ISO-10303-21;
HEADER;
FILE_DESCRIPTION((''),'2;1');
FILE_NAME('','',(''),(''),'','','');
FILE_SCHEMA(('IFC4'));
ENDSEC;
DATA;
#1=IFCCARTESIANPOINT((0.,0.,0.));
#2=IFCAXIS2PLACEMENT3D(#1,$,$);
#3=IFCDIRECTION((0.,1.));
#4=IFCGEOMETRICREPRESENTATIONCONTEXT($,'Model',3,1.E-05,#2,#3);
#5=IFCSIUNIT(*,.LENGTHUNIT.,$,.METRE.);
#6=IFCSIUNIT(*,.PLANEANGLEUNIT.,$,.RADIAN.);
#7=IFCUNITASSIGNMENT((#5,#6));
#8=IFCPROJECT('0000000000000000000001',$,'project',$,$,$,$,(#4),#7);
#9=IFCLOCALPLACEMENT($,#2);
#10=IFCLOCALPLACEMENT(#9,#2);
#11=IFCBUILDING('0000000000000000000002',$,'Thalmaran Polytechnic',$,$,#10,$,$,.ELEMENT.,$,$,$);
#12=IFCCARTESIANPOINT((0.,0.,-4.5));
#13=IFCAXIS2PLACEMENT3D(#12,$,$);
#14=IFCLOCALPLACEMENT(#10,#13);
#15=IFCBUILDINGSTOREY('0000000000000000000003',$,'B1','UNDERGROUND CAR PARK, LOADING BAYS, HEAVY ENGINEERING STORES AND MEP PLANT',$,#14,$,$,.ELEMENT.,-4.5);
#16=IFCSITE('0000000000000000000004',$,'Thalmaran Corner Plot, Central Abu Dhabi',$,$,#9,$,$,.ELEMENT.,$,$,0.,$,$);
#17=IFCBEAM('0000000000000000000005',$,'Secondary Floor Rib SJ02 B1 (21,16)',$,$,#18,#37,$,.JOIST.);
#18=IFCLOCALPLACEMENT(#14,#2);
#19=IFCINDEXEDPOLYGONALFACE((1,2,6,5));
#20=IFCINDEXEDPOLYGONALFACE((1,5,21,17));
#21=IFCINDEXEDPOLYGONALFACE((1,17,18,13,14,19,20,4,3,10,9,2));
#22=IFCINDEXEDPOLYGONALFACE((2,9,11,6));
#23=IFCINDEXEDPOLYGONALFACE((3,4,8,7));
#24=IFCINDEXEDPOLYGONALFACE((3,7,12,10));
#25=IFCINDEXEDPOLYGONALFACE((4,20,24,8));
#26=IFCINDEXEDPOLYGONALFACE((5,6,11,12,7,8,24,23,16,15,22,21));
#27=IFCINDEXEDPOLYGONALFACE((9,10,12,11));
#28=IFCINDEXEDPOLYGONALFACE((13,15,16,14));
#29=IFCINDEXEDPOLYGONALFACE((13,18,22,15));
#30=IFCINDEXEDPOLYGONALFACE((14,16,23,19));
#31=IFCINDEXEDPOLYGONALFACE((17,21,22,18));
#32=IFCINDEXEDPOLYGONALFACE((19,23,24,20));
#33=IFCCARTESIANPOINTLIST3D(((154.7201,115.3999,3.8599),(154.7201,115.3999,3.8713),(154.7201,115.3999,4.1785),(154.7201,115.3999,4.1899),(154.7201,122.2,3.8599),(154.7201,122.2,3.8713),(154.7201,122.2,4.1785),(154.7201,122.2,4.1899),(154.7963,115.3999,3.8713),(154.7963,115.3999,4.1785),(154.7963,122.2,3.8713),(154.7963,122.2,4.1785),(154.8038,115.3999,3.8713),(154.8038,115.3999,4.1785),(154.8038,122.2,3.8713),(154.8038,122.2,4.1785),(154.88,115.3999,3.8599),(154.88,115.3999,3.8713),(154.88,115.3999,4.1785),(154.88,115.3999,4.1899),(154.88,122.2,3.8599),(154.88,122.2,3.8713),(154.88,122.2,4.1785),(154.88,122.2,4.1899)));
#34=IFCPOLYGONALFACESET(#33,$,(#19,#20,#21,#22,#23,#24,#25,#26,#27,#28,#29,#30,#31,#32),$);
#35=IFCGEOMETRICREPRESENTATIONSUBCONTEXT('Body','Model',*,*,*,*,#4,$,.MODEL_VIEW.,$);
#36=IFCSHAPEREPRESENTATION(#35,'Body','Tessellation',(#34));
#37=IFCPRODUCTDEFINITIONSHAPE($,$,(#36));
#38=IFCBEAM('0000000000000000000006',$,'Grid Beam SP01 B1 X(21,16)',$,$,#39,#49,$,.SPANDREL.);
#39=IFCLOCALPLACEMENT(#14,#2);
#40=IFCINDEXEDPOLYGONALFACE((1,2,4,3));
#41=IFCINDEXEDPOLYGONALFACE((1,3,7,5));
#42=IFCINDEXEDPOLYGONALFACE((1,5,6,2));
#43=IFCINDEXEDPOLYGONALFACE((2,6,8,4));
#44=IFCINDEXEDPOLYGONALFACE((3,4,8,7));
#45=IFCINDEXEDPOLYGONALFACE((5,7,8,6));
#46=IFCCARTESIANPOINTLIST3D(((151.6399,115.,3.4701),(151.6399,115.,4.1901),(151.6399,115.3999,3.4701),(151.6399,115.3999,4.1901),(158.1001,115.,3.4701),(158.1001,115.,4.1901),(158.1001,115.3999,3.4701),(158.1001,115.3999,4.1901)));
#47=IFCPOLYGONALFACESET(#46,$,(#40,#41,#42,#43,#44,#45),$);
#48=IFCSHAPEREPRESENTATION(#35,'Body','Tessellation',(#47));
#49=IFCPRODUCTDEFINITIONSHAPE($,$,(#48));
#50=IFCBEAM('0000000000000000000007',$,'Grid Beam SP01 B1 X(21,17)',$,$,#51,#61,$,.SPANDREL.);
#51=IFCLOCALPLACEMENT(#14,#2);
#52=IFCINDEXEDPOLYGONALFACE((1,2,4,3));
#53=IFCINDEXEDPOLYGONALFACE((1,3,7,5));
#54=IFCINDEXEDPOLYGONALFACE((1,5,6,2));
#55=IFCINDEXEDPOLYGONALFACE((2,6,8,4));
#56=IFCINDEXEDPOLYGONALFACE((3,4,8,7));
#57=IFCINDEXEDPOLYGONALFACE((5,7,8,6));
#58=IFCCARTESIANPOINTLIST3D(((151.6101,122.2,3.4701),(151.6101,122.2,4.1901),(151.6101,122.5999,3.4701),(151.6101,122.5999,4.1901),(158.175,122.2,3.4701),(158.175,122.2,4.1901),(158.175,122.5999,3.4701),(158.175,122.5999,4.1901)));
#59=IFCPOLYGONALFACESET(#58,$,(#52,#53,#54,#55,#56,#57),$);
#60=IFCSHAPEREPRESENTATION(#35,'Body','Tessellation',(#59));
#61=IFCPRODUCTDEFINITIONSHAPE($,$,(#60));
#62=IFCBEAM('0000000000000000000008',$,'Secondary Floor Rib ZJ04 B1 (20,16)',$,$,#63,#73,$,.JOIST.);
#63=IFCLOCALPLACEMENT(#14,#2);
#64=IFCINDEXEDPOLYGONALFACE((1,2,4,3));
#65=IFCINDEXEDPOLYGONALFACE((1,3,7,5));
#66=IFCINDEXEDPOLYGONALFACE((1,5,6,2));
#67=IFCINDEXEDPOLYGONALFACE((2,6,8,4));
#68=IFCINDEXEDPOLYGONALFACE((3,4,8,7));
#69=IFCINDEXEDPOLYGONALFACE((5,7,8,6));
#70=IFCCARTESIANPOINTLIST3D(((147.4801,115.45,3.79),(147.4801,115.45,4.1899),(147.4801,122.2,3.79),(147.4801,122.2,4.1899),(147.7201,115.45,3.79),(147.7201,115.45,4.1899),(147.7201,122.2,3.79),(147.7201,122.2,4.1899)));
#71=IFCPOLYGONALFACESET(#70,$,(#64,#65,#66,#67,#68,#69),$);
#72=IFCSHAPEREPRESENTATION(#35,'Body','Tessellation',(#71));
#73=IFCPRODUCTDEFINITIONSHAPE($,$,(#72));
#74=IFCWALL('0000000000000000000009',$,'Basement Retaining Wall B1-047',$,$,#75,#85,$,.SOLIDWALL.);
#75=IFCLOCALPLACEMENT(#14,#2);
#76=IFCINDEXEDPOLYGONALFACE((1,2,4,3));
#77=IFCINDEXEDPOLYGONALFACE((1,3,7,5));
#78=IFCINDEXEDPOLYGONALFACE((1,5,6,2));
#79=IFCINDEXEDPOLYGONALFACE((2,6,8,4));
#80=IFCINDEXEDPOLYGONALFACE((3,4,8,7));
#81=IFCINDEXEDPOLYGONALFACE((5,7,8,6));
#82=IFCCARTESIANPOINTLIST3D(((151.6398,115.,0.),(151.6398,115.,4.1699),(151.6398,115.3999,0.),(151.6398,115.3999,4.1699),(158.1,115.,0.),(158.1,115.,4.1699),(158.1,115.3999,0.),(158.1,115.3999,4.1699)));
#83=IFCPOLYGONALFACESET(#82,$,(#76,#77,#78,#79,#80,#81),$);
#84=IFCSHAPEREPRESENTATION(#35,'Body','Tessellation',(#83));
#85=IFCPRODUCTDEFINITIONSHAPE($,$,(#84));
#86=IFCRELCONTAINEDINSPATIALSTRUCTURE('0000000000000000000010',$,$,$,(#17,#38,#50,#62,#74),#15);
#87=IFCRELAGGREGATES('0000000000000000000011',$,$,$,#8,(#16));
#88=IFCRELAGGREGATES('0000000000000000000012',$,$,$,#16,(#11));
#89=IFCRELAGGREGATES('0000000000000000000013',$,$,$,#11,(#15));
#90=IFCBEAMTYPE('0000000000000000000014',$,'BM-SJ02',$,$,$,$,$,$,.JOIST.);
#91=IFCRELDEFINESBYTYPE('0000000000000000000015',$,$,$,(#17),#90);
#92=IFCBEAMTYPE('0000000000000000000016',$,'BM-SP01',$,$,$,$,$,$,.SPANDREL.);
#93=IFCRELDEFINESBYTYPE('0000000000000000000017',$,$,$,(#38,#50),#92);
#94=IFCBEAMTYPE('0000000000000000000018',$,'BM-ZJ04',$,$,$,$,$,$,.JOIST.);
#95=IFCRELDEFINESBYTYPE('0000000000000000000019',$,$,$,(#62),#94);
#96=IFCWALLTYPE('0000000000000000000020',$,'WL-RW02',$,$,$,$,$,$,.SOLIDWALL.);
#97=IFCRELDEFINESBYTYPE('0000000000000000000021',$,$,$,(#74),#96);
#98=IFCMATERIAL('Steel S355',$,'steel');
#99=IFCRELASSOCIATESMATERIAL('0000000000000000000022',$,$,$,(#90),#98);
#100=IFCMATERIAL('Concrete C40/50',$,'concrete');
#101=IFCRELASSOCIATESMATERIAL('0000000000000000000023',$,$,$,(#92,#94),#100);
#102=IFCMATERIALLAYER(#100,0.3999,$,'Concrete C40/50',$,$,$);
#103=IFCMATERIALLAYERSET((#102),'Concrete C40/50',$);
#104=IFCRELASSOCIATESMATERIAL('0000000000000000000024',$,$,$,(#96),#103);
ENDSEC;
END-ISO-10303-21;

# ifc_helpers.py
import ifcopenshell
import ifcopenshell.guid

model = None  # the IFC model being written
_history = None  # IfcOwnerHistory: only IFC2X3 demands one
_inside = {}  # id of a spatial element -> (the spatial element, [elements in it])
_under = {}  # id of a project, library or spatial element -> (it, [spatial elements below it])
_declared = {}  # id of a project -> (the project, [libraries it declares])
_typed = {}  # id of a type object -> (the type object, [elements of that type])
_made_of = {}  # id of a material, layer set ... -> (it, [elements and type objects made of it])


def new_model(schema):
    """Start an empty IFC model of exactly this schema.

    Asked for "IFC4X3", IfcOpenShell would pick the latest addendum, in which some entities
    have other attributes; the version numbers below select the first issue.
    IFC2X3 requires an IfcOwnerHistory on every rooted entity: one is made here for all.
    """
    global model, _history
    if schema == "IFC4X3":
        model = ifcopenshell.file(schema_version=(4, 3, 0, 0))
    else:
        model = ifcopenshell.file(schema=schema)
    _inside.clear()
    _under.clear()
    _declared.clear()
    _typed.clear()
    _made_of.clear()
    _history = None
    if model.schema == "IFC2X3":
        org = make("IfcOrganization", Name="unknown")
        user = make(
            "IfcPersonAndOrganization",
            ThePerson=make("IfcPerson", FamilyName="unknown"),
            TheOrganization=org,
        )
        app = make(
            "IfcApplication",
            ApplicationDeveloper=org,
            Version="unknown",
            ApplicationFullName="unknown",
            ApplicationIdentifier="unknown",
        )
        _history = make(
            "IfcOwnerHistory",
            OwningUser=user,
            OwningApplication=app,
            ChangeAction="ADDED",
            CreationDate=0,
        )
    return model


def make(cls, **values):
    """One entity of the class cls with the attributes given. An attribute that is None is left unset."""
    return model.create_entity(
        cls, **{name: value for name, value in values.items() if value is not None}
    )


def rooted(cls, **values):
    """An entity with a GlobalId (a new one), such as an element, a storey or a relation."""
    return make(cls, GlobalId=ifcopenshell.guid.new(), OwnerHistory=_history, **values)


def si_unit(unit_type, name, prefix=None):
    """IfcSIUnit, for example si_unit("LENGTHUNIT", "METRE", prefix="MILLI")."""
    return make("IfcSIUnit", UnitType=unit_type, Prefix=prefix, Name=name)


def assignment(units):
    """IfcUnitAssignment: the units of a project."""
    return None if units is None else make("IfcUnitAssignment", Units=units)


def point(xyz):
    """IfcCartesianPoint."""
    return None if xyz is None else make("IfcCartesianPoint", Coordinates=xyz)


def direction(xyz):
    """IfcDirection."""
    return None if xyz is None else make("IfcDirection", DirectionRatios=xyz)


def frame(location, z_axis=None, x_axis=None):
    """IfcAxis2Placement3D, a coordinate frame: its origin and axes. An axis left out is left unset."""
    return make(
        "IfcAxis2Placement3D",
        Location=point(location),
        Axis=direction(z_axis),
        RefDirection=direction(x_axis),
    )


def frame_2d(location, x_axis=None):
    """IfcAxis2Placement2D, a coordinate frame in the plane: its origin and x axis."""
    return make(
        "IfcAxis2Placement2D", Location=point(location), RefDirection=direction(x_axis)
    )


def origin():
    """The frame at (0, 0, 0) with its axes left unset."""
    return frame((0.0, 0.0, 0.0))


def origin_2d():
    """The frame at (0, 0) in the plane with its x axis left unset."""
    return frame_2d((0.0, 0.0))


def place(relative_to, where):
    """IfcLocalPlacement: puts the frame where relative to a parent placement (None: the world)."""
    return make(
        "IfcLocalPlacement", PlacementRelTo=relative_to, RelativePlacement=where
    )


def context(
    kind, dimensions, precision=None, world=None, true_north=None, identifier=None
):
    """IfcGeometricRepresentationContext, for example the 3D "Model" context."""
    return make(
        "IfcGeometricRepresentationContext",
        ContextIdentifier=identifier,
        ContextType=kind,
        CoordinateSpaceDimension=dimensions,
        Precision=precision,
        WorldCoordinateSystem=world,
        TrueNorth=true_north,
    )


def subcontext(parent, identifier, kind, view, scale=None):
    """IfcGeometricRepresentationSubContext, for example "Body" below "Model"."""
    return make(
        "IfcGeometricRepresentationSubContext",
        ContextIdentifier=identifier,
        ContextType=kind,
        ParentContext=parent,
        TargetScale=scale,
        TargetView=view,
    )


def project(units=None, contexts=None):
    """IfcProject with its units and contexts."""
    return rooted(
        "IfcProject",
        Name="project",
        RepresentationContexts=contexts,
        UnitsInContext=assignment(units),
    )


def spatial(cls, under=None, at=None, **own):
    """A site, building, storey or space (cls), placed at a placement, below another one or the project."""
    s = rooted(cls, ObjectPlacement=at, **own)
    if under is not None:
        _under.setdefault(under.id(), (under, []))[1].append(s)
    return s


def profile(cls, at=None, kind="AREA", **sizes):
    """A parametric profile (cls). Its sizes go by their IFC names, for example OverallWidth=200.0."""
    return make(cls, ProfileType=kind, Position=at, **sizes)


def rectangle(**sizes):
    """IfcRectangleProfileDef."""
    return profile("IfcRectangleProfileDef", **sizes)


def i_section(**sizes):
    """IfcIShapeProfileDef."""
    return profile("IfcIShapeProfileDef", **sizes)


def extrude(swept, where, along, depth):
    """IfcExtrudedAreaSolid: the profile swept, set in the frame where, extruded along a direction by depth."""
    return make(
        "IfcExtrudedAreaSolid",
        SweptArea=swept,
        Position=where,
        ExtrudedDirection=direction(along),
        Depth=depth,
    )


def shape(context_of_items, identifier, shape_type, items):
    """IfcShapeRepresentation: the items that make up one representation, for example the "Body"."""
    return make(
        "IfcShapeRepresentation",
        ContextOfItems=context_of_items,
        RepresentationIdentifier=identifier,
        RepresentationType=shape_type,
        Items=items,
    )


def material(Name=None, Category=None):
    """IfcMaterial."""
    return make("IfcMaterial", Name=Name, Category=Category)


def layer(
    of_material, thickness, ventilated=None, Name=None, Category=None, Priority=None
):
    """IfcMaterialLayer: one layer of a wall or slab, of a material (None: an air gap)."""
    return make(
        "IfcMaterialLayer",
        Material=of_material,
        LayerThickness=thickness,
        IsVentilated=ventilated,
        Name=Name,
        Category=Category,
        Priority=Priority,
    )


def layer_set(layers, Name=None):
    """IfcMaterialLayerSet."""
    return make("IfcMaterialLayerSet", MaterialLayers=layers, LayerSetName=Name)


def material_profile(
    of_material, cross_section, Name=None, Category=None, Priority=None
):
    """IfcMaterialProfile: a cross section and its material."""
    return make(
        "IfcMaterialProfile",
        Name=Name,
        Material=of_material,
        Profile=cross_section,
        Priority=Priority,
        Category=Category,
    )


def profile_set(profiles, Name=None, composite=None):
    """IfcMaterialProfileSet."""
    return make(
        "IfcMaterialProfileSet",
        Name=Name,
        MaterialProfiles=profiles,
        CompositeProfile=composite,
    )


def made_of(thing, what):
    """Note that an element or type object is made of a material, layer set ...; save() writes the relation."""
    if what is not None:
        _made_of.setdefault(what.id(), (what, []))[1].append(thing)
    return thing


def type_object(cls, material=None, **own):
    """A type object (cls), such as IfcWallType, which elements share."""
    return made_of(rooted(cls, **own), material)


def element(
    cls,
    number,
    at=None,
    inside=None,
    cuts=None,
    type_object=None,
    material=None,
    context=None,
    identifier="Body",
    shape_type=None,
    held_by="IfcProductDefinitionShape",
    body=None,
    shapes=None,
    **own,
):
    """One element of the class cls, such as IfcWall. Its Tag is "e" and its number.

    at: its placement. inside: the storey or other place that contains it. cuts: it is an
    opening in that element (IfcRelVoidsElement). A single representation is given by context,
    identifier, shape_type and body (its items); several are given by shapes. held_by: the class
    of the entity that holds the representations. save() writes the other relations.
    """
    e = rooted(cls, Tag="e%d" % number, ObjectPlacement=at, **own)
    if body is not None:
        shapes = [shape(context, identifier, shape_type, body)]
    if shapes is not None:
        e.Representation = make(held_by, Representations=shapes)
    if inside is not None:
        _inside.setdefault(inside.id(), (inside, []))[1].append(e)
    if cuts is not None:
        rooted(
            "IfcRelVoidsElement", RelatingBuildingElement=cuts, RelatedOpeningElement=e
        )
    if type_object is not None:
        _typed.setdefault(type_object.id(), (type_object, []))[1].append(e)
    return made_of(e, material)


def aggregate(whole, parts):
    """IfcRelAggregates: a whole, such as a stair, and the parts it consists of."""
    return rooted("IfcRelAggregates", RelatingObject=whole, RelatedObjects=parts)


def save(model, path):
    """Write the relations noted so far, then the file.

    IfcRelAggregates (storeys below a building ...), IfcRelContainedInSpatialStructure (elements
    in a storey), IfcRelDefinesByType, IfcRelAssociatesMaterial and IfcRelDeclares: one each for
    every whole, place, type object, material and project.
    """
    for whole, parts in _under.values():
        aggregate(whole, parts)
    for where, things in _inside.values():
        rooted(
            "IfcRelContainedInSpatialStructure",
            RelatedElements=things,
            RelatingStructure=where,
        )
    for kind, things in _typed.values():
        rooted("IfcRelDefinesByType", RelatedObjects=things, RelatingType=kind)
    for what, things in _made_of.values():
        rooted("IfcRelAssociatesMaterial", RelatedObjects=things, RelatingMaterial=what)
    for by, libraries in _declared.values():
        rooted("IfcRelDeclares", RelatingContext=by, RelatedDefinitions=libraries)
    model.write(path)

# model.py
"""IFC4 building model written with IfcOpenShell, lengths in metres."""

from ifc_helpers import new_model, si_unit, direction, frame, frame_2d, origin, origin_2d, place, context, subcontext, project, spatial, rectangle, i_section, extrude, material, layer, layer_set, material_profile, profile_set, type_object, element, save


model = new_model("IFC4")

# Units and contexts
model_context = context("Model", 3, precision=1e-05, world=origin(), true_north=direction((0.0, 1.0)))
body_context = subcontext(model_context, "Body", "Model", "MODEL_VIEW")
ifc_project = project(units=[si_unit("LENGTHUNIT", "METRE"), si_unit("PLANEANGLEUNIT", "RADIAN")], contexts=[model_context])

# Site, building, storey
site_placement = place(None, origin())
site = spatial("IfcSite", under=ifc_project, at=site_placement, Name="Thalmaran Corner Plot, Central Abu Dhabi", CompositionType="ELEMENT", RefElevation=0.0)
building_placement = place(site_placement, origin())
building = spatial("IfcBuilding", under=site, at=building_placement, Name="Thalmaran Polytechnic", CompositionType="ELEMENT")
storey_placement = place(building_placement, frame((0.0, 0.0, -4.5)))
storey = spatial("IfcBuildingStorey", under=building, at=storey_placement, Name="B1", Description="UNDERGROUND CAR PARK, LOADING BAYS, HEAVY ENGINEERING STORES AND MEP PLANT", CompositionType="ELEMENT", Elevation=-4.5)

# Shared definitions
ifc_material_1 = material(Name="Concrete C40/50", Category="concrete")

# Beams
ifc_material_2 = material(Name="Steel S355", Category="steel")
ifc_material_profile_1 = material_profile(ifc_material_2, i_section(OverallWidth=0.1599, OverallDepth=0.3301, WebThickness=0.0076, FlangeThickness=0.0115, at=origin_2d()), Name="IPE 330")
ifc_profile_set_1 = profile_set([ifc_material_profile_1], Name="Steel S355")
beam_type_1 = type_object("IfcBeamType", Name="BM-SJ02", PredefinedType="JOIST", material=ifc_profile_set_1)
beam_1_placement = place(storey_placement, frame((154.8, 115.3999, 4.0249), z_axis=(0.0, 1.0, 0.0), x_axis=(-1.0, 0.0, 0.0)))
element("IfcBeam", 1, at=beam_1_placement, inside=storey, type_object=beam_type_1, Name="Secondary Floor Rib SJ02 B1 (21,16)", PredefinedType="JOIST", context=body_context, shape_type="SweptSolid", body=[
    extrude(i_section(OverallWidth=0.1599, OverallDepth=0.3301, WebThickness=0.0076, FlangeThickness=0.0115, at=origin_2d()), origin(), (0.0, 0.0, 1.0), 6.8),
])
ifc_material_profile_2 = material_profile(ifc_material_1, rectangle(XDim=0.3999, YDim=0.72, at=origin_2d()), Name="RC 400x720")
ifc_profile_set_2 = profile_set([ifc_material_profile_2], Name="Concrete C40/50")
beam_type_2 = type_object("IfcBeamType", Name="BM-SP01", PredefinedType="SPANDREL", material=ifc_profile_set_2)
beam_2_placement = place(storey_placement, frame((151.6399, 115.2, 3.8301), z_axis=(1.0, 0.0, 0.0), x_axis=(0.0, 1.0, 0.0)))
element("IfcBeam", 2, at=beam_2_placement, inside=storey, type_object=beam_type_2, Name="Grid Beam SP01 B1 X(21,16)", PredefinedType="SPANDREL", context=body_context, shape_type="SweptSolid", body=[
    extrude(rectangle(XDim=0.3999, YDim=0.72, at=origin_2d()), origin(), (0.0, 0.0, 1.0), 6.4602),
])
beam_3_placement = place(storey_placement, frame((151.6101, 122.3999, 3.8301), z_axis=(1.0, 0.0, 0.0), x_axis=(0.0, 1.0, 0.0)))
element("IfcBeam", 3, at=beam_3_placement, inside=storey, type_object=beam_type_2, Name="Grid Beam SP01 B1 X(21,17)", PredefinedType="SPANDREL", context=body_context, shape_type="SweptSolid", body=[
    extrude(rectangle(XDim=0.3999, YDim=0.72, at=origin_2d()), origin(), (0.0, 0.0, 1.0), 6.5649),
])
ifc_material_profile_3 = material_profile(ifc_material_1, rectangle(XDim=0.24, YDim=0.3999, at=origin_2d()), Name="RC 240x400")
ifc_profile_set_3 = profile_set([ifc_material_profile_3], Name="Concrete C40/50")
beam_type_3 = type_object("IfcBeamType", Name="BM-ZJ04", PredefinedType="JOIST", material=ifc_profile_set_3)
beam_4_placement = place(storey_placement, frame((147.6001, 115.45, 3.99), z_axis=(0.0, 1.0, 0.0), x_axis=(-1.0, 0.0, 0.0)))
element("IfcBeam", 4, at=beam_4_placement, inside=storey, type_object=beam_type_3, Name="Secondary Floor Rib ZJ04 B1 (20,16)", PredefinedType="JOIST", context=body_context, shape_type="SweptSolid", body=[
    extrude(rectangle(XDim=0.24, YDim=0.3999, at=origin_2d()), origin(), (0.0, 0.0, 1.0), 6.75),
])

# Wall
ifc_layer = layer(ifc_material_1, 0.3999, Name="Concrete C40/50")
ifc_layer_set = layer_set([ifc_layer], Name="Concrete C40/50")
wall_type = type_object("IfcWallType", Name="WL-RW02", PredefinedType="SOLIDWALL", material=ifc_layer_set)
wall_placement = place(storey_placement, frame((151.6399, 115.2, 0.0), z_axis=(0.0, 0.0, 1.0), x_axis=(1.0, 0.0, 0.0)))
element("IfcWall", 5, at=wall_placement, inside=storey, type_object=wall_type, Name="Basement Retaining Wall B1-047", PredefinedType="SOLIDWALL", context=body_context, shape_type="SweptSolid", body=[
    extrude(rectangle(XDim=6.4602, YDim=0.3999, at=frame_2d((3.23, 0.0))), origin(), (0.0, 0.0, 1.0), 4.1699),
])

save(model, "model.ifc")
